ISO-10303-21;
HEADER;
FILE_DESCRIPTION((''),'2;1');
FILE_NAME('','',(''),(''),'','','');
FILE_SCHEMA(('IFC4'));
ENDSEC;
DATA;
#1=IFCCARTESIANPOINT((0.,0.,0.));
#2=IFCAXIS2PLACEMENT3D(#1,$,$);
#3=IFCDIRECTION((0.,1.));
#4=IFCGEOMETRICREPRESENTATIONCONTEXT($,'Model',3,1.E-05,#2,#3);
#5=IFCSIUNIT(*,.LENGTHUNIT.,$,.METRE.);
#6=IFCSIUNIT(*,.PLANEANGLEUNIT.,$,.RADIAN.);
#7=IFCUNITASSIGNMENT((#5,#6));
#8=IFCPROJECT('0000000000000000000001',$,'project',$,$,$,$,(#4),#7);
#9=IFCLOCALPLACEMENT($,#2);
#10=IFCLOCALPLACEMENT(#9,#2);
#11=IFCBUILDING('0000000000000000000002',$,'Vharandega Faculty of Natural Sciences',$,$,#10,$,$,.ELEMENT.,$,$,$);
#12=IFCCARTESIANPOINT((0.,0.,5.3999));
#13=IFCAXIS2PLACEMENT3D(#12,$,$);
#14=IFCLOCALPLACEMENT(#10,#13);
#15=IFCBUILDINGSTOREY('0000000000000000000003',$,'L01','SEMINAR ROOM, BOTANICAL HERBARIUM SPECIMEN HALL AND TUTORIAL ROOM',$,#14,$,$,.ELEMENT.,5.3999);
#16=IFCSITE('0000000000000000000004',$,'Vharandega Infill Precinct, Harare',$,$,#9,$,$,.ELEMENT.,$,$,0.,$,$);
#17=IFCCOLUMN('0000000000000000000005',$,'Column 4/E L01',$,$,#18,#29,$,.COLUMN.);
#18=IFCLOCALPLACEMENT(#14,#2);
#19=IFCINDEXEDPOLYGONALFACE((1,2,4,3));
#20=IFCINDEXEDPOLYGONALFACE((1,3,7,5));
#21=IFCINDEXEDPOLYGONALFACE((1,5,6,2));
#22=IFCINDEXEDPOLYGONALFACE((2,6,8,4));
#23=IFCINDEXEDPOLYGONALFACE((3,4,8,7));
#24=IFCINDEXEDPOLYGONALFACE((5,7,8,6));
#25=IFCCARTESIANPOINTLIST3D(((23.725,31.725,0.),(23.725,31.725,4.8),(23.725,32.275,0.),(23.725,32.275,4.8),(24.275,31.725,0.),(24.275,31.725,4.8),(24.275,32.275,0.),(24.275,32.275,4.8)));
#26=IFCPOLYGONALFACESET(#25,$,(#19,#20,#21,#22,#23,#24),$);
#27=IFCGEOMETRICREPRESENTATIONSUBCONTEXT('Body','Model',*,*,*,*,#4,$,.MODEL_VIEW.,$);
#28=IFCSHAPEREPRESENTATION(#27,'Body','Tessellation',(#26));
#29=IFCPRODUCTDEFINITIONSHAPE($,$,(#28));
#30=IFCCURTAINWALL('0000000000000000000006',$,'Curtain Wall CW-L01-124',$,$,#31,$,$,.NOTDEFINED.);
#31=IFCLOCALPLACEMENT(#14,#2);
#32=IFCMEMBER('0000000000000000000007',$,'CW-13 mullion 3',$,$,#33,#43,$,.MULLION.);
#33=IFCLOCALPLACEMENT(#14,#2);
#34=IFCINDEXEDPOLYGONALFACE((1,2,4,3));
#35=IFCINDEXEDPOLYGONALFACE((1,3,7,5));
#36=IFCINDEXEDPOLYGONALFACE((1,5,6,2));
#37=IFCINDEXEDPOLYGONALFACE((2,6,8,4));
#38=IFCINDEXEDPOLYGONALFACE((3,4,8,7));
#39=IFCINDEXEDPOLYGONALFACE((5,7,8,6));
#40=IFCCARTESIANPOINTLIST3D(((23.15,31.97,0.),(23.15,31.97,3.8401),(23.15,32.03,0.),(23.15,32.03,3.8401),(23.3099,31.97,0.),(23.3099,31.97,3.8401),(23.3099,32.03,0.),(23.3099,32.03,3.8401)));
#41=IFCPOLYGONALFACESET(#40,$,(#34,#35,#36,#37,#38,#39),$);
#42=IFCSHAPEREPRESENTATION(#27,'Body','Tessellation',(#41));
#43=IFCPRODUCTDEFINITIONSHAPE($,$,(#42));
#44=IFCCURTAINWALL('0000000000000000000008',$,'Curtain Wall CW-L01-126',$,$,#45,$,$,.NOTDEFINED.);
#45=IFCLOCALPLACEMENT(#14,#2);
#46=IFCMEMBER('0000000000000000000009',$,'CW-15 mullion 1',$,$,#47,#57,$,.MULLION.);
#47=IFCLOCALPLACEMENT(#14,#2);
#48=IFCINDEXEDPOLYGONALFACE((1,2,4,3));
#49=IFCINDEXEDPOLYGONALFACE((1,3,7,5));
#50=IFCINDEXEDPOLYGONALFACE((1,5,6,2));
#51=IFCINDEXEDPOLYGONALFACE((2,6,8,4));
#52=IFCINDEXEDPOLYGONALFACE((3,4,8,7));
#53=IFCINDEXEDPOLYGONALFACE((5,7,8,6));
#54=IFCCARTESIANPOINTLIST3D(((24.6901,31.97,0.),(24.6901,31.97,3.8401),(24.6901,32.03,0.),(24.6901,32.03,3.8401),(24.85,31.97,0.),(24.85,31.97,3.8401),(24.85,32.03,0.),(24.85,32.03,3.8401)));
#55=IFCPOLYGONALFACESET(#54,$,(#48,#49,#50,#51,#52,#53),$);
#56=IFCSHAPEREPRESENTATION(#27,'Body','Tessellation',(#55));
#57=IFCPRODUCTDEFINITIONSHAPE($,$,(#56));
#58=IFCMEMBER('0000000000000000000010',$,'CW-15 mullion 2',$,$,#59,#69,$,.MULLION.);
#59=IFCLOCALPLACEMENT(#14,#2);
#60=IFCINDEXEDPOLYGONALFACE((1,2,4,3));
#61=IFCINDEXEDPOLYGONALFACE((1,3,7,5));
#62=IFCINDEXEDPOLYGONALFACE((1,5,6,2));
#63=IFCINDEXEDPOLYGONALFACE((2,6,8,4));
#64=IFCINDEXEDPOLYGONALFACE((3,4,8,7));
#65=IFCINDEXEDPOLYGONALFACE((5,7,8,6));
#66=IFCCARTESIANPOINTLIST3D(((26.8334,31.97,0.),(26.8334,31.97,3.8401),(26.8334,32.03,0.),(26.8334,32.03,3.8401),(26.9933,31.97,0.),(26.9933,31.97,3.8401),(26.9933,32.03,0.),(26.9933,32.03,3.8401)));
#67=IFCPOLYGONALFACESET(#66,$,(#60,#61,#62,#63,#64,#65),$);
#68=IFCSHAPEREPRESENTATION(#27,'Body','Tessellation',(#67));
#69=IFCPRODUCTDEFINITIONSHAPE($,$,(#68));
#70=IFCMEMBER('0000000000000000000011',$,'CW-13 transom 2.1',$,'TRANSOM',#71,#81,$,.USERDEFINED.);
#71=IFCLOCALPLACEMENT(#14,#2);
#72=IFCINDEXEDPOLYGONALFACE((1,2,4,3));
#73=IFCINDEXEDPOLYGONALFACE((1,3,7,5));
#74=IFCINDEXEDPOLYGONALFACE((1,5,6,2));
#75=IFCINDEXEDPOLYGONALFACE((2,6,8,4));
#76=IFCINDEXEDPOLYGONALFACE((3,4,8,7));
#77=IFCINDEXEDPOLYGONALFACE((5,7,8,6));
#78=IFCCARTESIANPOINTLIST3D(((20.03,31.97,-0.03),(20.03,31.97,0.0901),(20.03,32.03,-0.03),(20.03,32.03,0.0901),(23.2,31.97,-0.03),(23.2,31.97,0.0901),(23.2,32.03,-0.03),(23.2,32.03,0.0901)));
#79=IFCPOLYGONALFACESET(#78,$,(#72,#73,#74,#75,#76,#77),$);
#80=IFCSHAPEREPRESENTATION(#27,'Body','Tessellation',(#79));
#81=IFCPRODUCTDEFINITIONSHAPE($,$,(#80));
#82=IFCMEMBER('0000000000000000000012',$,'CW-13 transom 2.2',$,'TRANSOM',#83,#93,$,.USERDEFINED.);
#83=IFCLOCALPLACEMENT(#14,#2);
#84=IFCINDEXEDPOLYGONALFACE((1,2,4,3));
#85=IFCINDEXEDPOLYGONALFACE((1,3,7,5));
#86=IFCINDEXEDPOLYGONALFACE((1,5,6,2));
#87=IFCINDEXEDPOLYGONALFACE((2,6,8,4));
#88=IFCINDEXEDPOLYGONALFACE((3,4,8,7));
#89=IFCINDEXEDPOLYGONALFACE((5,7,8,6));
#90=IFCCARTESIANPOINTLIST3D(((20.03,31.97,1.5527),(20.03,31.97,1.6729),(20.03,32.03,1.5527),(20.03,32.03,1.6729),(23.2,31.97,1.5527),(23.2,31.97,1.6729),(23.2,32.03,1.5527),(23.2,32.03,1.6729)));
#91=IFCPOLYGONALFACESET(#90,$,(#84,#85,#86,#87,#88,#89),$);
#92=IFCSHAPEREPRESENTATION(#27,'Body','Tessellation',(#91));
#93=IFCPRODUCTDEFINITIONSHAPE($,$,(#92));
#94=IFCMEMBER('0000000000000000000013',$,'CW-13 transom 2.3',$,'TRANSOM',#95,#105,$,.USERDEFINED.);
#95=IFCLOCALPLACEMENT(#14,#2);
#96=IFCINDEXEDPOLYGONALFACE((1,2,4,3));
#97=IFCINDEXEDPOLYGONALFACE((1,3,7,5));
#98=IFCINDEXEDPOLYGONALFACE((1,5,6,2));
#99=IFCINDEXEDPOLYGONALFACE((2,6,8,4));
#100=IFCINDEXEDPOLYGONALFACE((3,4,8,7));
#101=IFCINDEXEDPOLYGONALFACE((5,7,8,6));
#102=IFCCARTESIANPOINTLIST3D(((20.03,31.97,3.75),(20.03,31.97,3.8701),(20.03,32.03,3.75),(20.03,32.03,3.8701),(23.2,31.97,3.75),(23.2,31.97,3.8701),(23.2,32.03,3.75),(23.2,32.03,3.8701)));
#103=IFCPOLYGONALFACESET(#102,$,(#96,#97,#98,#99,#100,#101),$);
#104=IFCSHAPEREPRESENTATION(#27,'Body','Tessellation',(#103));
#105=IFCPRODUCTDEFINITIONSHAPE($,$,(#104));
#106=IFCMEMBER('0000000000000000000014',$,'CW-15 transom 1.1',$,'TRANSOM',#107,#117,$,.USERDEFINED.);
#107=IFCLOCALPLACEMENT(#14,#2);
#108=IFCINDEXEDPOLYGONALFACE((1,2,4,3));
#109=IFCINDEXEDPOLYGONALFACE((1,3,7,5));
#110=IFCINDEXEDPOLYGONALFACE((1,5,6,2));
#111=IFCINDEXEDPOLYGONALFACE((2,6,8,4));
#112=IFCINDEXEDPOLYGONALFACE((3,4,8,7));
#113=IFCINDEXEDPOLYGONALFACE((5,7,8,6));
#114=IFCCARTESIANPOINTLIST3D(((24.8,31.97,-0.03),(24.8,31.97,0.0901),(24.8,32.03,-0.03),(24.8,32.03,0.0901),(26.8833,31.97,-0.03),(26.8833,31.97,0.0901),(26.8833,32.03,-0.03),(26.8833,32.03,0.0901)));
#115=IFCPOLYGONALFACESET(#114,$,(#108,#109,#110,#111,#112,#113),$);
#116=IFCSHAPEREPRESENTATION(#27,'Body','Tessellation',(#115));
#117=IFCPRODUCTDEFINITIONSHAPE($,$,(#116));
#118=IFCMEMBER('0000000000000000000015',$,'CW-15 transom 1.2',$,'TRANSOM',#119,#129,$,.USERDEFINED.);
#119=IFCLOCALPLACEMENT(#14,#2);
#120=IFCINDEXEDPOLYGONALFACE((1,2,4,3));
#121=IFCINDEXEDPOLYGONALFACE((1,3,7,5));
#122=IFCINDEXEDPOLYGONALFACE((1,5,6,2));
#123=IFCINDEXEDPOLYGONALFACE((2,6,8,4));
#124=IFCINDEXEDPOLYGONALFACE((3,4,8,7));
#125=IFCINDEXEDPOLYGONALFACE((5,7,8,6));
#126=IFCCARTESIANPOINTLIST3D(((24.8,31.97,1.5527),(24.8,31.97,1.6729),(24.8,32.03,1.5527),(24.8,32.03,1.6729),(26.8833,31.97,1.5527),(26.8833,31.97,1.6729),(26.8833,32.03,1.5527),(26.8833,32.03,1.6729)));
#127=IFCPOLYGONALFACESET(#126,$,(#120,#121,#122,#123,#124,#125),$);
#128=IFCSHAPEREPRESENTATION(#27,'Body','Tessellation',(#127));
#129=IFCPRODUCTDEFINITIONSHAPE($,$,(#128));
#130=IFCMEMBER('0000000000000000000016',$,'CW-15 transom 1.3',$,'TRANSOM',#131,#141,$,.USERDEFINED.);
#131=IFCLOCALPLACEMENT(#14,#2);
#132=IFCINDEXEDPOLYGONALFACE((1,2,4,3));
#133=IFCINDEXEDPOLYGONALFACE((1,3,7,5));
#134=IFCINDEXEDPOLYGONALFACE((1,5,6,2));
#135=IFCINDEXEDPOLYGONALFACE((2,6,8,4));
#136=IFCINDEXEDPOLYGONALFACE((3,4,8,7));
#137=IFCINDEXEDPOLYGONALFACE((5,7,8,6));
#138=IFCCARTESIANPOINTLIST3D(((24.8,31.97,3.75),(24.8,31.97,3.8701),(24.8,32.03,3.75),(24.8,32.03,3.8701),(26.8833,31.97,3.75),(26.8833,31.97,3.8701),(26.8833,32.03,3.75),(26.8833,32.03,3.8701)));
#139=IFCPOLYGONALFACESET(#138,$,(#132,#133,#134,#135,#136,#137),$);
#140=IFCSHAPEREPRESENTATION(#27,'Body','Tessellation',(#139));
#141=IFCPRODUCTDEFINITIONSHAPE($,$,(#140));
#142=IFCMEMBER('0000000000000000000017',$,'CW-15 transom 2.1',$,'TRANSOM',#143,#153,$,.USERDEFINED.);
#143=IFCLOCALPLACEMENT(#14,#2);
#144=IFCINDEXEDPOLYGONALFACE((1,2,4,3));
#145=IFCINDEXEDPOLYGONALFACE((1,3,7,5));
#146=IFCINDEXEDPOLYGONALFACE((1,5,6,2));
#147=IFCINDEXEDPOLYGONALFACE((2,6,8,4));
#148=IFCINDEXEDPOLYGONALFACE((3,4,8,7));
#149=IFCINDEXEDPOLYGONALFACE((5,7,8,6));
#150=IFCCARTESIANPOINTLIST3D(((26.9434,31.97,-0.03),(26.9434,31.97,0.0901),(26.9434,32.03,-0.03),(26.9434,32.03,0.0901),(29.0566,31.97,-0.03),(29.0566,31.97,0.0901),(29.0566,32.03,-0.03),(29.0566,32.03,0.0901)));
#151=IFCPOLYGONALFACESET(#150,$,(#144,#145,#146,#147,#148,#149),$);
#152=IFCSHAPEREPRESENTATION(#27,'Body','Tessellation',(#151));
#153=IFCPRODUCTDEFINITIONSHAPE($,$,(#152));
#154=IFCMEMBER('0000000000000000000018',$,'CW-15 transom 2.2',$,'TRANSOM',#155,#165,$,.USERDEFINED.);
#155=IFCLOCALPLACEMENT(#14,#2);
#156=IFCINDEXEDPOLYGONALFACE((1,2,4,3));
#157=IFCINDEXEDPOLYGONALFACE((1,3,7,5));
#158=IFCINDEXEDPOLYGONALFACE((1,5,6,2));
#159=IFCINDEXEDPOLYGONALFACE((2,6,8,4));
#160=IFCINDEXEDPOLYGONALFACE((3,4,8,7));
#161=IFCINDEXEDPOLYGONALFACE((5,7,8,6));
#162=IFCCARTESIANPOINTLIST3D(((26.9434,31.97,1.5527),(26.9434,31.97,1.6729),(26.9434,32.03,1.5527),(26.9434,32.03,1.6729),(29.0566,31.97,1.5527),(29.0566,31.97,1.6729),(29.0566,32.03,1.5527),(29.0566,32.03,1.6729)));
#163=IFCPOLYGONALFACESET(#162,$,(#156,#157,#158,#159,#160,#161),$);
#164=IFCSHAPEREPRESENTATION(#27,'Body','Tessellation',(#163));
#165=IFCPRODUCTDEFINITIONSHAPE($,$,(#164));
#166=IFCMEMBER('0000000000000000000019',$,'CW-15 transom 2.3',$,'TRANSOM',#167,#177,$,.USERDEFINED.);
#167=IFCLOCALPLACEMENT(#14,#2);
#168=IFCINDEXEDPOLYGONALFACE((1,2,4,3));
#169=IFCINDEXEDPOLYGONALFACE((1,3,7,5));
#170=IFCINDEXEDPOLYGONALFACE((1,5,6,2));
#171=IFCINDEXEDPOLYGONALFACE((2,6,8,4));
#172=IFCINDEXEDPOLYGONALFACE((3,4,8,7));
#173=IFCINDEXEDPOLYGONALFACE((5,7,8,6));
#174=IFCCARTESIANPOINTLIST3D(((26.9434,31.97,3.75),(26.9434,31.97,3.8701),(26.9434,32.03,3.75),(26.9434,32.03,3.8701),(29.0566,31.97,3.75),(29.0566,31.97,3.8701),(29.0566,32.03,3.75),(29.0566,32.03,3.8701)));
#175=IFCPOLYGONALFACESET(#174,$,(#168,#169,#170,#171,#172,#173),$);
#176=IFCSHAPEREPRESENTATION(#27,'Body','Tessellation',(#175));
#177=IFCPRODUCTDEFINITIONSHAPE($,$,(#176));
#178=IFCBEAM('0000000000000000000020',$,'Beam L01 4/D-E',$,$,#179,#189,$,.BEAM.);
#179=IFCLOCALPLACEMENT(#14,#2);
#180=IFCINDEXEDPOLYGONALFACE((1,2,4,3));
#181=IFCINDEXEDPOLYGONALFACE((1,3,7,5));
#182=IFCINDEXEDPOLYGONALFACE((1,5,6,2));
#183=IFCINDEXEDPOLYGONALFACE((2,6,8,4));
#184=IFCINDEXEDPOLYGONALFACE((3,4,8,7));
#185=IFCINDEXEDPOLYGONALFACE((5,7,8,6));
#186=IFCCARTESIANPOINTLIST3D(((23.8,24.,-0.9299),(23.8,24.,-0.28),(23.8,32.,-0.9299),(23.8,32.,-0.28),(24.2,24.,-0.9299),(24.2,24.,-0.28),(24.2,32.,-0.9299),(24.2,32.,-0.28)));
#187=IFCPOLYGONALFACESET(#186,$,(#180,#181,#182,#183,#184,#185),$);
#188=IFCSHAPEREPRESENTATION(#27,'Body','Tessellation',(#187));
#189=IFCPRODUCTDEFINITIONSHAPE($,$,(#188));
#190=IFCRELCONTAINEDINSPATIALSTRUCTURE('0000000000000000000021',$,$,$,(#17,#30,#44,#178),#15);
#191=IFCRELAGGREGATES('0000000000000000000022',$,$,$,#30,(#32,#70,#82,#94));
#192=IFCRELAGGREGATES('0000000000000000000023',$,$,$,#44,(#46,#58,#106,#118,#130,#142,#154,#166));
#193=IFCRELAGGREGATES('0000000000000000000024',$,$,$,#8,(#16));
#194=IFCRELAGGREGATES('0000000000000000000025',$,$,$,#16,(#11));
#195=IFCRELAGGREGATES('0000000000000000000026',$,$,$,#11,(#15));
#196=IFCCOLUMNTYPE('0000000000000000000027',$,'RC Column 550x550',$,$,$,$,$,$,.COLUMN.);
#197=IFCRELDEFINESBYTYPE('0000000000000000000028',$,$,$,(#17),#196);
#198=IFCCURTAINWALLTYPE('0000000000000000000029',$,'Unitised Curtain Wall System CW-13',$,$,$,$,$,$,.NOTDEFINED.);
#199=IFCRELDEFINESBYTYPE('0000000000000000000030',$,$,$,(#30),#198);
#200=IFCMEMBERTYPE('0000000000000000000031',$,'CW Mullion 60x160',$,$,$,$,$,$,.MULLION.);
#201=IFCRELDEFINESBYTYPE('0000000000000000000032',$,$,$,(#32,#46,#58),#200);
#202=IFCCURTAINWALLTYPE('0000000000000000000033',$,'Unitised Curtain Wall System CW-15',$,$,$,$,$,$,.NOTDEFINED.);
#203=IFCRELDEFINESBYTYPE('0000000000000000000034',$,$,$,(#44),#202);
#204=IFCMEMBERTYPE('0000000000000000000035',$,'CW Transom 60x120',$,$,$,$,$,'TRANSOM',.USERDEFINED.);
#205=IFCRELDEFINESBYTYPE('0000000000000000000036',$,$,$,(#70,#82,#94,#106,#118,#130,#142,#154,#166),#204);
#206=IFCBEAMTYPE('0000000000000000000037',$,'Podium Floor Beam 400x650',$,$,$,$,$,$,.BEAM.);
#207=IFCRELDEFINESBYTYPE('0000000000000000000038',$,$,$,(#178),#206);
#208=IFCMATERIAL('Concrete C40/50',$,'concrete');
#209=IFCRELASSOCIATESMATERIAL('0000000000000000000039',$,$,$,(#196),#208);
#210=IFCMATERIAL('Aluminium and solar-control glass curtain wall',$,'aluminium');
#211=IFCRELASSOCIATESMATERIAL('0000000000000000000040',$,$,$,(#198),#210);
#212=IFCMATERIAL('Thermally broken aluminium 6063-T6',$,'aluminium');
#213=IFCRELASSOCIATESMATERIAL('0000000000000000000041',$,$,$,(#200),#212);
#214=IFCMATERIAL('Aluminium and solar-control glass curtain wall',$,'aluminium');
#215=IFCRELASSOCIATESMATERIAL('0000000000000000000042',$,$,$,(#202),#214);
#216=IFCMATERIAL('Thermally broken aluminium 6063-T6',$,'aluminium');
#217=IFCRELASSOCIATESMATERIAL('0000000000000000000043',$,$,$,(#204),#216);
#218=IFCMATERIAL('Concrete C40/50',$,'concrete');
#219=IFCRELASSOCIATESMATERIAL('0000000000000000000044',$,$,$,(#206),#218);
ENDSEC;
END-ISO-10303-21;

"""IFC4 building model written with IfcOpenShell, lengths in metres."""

from ifc_helpers import new_model, si_unit, direction, frame, origin, origin_2d, place, context, subcontext, project, spatial, rectangle, extrude, material, material_profile, profile_set, type_object, element, aggregate, save


model = new_model("IFC4")

# Units and contexts
model_context = context("Model", 3, precision=1e-05, world=origin(), true_north=direction((0.0, 1.0)))
body_context = subcontext(model_context, "Body", "Model", "MODEL_VIEW")
ifc_project = project(units=[si_unit("LENGTHUNIT", "METRE"), si_unit("PLANEANGLEUNIT", "RADIAN")], contexts=[model_context])

# Site, building, storey
site_placement = place(None, origin())
site = spatial("IfcSite", under=ifc_project, at=site_placement, Name="Vharandega Infill Precinct, Harare", CompositionType="ELEMENT", RefElevation=0.0)
building_placement = place(site_placement, origin())
building = spatial("IfcBuilding", under=site, at=building_placement, Name="Vharandega Faculty of Natural Sciences", CompositionType="ELEMENT")
storey_placement = place(building_placement, frame((0.0, 0.0, 5.3999)))
storey = spatial("IfcBuildingStorey", under=building, at=storey_placement, Name="L01", Description="SEMINAR ROOM, BOTANICAL HERBARIUM SPECIMEN HALL AND TUTORIAL ROOM", CompositionType="ELEMENT", Elevation=5.3999)

# Column
ifc_material_1 = material(Name="Concrete C40/50", Category="concrete")
ifc_material_profile_1 = material_profile(ifc_material_1, rectangle(XDim=0.55, YDim=0.55, at=origin_2d()), Name="RC 550x550")
ifc_profile_set_1 = profile_set([ifc_material_profile_1], Name="Concrete C40/50")
column_type = type_object("IfcColumnType", Name="RC Column 550x550", PredefinedType="COLUMN", material=ifc_profile_set_1)
column_placement = place(storey_placement, frame((24.0, 32.0, 0.0), z_axis=(0.0, 0.0, 1.0), x_axis=(1.0, 0.0, 0.0)))
element("IfcColumn", 1, at=column_placement, inside=storey, type_object=column_type, Name="Column 4/E L01", PredefinedType="COLUMN", context=body_context, shape_type="SweptSolid", body=[
    extrude(rectangle(XDim=0.55, YDim=0.55, at=origin_2d()), origin(), (0.0, 0.0, 1.0), 4.8),
])

# Curtain wall, member
ifc_material_2 = material(Name="Aluminium and solar-control glass curtain wall", Category="aluminium")
curtain_wall_type_1 = type_object("IfcCurtainWallType", Name="Unitised Curtain Wall System CW-13", PredefinedType="NOTDEFINED", material=ifc_material_2)
curtain_wall_1_placement = place(storey_placement, origin())
curtain_wall_1 = element("IfcCurtainWall", 2, at=curtain_wall_1_placement, inside=storey, type_object=curtain_wall_type_1, Name="Curtain Wall CW-L01-124", PredefinedType="NOTDEFINED")
ifc_material_3 = material(Name="Thermally broken aluminium 6063-T6", Category="aluminium")
ifc_material_profile_2 = material_profile(ifc_material_3, rectangle(XDim=0.0601, YDim=0.1599, at=origin_2d()), Name="ALU 60x160")
ifc_profile_set_2 = profile_set([ifc_material_profile_2], Name="Thermally broken aluminium 6063-T6")
member_type_1 = type_object("IfcMemberType", Name="CW Mullion 60x160", PredefinedType="MULLION", material=ifc_profile_set_2)
member_1_placement = place(storey_placement, frame((23.23, 32.0, 0.0), z_axis=(0.0, 0.0, 1.0), x_axis=(0.0, 1.0, 0.0)))
member_1 = element("IfcMember", 3, at=member_1_placement, type_object=member_type_1, Name="CW-13 mullion 3", PredefinedType="MULLION", context=body_context, shape_type="SweptSolid", body=[
    extrude(rectangle(XDim=0.0601, YDim=0.1599, at=origin_2d()), origin(), (0.0, 0.0, 1.0), 3.8401),
])

# Curtain wall, members
ifc_material_4 = material(Name="Aluminium and solar-control glass curtain wall", Category="aluminium")
curtain_wall_type_2 = type_object("IfcCurtainWallType", Name="Unitised Curtain Wall System CW-15", PredefinedType="NOTDEFINED", material=ifc_material_4)
curtain_wall_2_placement = place(storey_placement, origin())
curtain_wall_2 = element("IfcCurtainWall", 4, at=curtain_wall_2_placement, inside=storey, type_object=curtain_wall_type_2, Name="Curtain Wall CW-L01-126", PredefinedType="NOTDEFINED")
member_2_placement = place(storey_placement, frame((24.77, 32.0, 0.0), z_axis=(0.0, 0.0, 1.0), x_axis=(0.0, 1.0, 0.0)))
member_2 = element("IfcMember", 5, at=member_2_placement, type_object=member_type_1, Name="CW-15 mullion 1", PredefinedType="MULLION", context=body_context, shape_type="SweptSolid", body=[
    extrude(rectangle(XDim=0.0601, YDim=0.1599, at=origin_2d()), origin(), (0.0, 0.0, 1.0), 3.8401),
])
member_3_placement = place(storey_placement, frame((26.9133, 32.0, 0.0), z_axis=(0.0, 0.0, 1.0), x_axis=(0.0, 1.0, 0.0)))
member_3 = element("IfcMember", 6, at=member_3_placement, type_object=member_type_1, Name="CW-15 mullion 2", PredefinedType="MULLION", context=body_context, shape_type="SweptSolid", body=[
    extrude(rectangle(XDim=0.0601, YDim=0.1599, at=origin_2d()), origin(), (0.0, 0.0, 1.0), 3.8401),
])

# Members
ifc_material_5 = material(Name="Thermally broken aluminium 6063-T6", Category="aluminium")
ifc_material_profile_3 = material_profile(ifc_material_5, rectangle(XDim=0.0601, YDim=0.1201, at=origin_2d()), Name="ALU 60x120")
ifc_profile_set_3 = profile_set([ifc_material_profile_3], Name="Thermally broken aluminium 6063-T6")
member_type_2 = type_object("IfcMemberType", Name="CW Transom 60x120", ElementType="TRANSOM", PredefinedType="USERDEFINED", material=ifc_profile_set_3)
member_4_placement = place(storey_placement, frame((20.03, 32.0, 0.03), z_axis=(1.0, 0.0, 0.0), x_axis=(0.0, 1.0, 0.0)))
member_4 = element("IfcMember", 7, at=member_4_placement, type_object=member_type_2, Name="CW-13 transom 2.1", ObjectType="TRANSOM", PredefinedType="USERDEFINED", context=body_context, shape_type="SweptSolid", body=[
    extrude(rectangle(XDim=0.0601, YDim=0.1201, at=origin_2d()), origin(), (0.0, 0.0, 1.0), 3.1699),
])
member_5_placement = place(storey_placement, frame((20.03, 32.0, 1.6128), z_axis=(1.0, 0.0, 0.0), x_axis=(0.0, 1.0, 0.0)))
member_5 = element("IfcMember", 8, at=member_5_placement, type_object=member_type_2, Name="CW-13 transom 2.2", ObjectType="TRANSOM", PredefinedType="USERDEFINED", context=body_context, shape_type="SweptSolid", body=[
    extrude(rectangle(XDim=0.0601, YDim=0.1201, at=origin_2d()), origin(), (0.0, 0.0, 1.0), 3.1699),
])
member_6_placement = place(storey_placement, frame((20.03, 32.0, 3.8101), z_axis=(1.0, 0.0, 0.0), x_axis=(0.0, 1.0, 0.0)))
member_6 = element("IfcMember", 9, at=member_6_placement, type_object=member_type_2, Name="CW-13 transom 2.3", ObjectType="TRANSOM", PredefinedType="USERDEFINED", context=body_context, shape_type="SweptSolid", body=[
    extrude(rectangle(XDim=0.0601, YDim=0.1201, at=origin_2d()), origin(), (0.0, 0.0, 1.0), 3.1699),
])
member_7_placement = place(storey_placement, frame((24.8, 32.0, 0.03), z_axis=(1.0, 0.0, 0.0), x_axis=(0.0, 1.0, 0.0)))
member_7 = element("IfcMember", 10, at=member_7_placement, type_object=member_type_2, Name="CW-15 transom 1.1", ObjectType="TRANSOM", PredefinedType="USERDEFINED", context=body_context, shape_type="SweptSolid", body=[
    extrude(rectangle(XDim=0.0601, YDim=0.1201, at=origin_2d()), origin(), (0.0, 0.0, 1.0), 2.0833),
])
member_8_placement = place(storey_placement, frame((24.8, 32.0, 1.6128), z_axis=(1.0, 0.0, 0.0), x_axis=(0.0, 1.0, 0.0)))
member_8 = element("IfcMember", 11, at=member_8_placement, type_object=member_type_2, Name="CW-15 transom 1.2", ObjectType="TRANSOM", PredefinedType="USERDEFINED", context=body_context, shape_type="SweptSolid", body=[
    extrude(rectangle(XDim=0.0601, YDim=0.1201, at=origin_2d()), origin(), (0.0, 0.0, 1.0), 2.0833),
])
member_9_placement = place(storey_placement, frame((24.8, 32.0, 3.8101), z_axis=(1.0, 0.0, 0.0), x_axis=(0.0, 1.0, 0.0)))
member_9 = element("IfcMember", 12, at=member_9_placement, type_object=member_type_2, Name="CW-15 transom 1.3", ObjectType="TRANSOM", PredefinedType="USERDEFINED", context=body_context, shape_type="SweptSolid", body=[
    extrude(rectangle(XDim=0.0601, YDim=0.1201, at=origin_2d()), origin(), (0.0, 0.0, 1.0), 2.0833),
])
member_10_placement = place(storey_placement, frame((26.9434, 32.0, 0.03), z_axis=(1.0, 0.0, 0.0), x_axis=(0.0, 1.0, 0.0)))
member_10 = element("IfcMember", 13, at=member_10_placement, type_object=member_type_2, Name="CW-15 transom 2.1", ObjectType="TRANSOM", PredefinedType="USERDEFINED", context=body_context, shape_type="SweptSolid", body=[
    extrude(rectangle(XDim=0.0601, YDim=0.1201, at=origin_2d()), origin(), (0.0, 0.0, 1.0), 2.1133),
])
member_11_placement = place(storey_placement, frame((26.9434, 32.0, 1.6128), z_axis=(1.0, 0.0, 0.0), x_axis=(0.0, 1.0, 0.0)))
member_11 = element("IfcMember", 14, at=member_11_placement, type_object=member_type_2, Name="CW-15 transom 2.2", ObjectType="TRANSOM", PredefinedType="USERDEFINED", context=body_context, shape_type="SweptSolid", body=[
    extrude(rectangle(XDim=0.0601, YDim=0.1201, at=origin_2d()), origin(), (0.0, 0.0, 1.0), 2.1133),
])
member_12_placement = place(storey_placement, frame((26.9434, 32.0, 3.8101), z_axis=(1.0, 0.0, 0.0), x_axis=(0.0, 1.0, 0.0)))
member_12 = element("IfcMember", 15, at=member_12_placement, type_object=member_type_2, Name="CW-15 transom 2.3", ObjectType="TRANSOM", PredefinedType="USERDEFINED", context=body_context, shape_type="SweptSolid", body=[
    extrude(rectangle(XDim=0.0601, YDim=0.1201, at=origin_2d()), origin(), (0.0, 0.0, 1.0), 2.1133),
])

# Beam
ifc_material_6 = material(Name="Concrete C40/50", Category="concrete")
ifc_material_profile_4 = material_profile(ifc_material_6, rectangle(XDim=0.3999, YDim=0.6499, at=origin_2d()), Name="RC 400x650")
ifc_profile_set_4 = profile_set([ifc_material_profile_4], Name="Concrete C40/50")
beam_type_1 = type_object("IfcBeamType", Name="Podium Floor Beam 400x650", PredefinedType="BEAM", material=ifc_profile_set_4)
for number, where, z_axis, x_axis, name in (
    (16, (24.0, 24.0, -0.605), (0.0, 1.0, 0.0), (-1.0, 0.0, 0.0), "Beam L01 4/D-E"),
):
    element("IfcBeam", number, at=place(storey_placement, frame(where, z_axis=z_axis, x_axis=x_axis)), inside=storey, type_object=beam_type_1, Name=name, PredefinedType="BEAM", context=body_context, shape_type="SweptSolid", body=[
        extrude(rectangle(XDim=0.3999, YDim=0.6499, at=origin_2d()), origin(), (0.0, 0.0, 1.0), 8.0),
    ])

aggregate(curtain_wall_1, [member_1, member_4, member_5, member_6])
aggregate(curtain_wall_2, [member_2, member_3, member_7, member_8, member_9, member_10, member_11, member_12])

save(model, "model.ifc")
